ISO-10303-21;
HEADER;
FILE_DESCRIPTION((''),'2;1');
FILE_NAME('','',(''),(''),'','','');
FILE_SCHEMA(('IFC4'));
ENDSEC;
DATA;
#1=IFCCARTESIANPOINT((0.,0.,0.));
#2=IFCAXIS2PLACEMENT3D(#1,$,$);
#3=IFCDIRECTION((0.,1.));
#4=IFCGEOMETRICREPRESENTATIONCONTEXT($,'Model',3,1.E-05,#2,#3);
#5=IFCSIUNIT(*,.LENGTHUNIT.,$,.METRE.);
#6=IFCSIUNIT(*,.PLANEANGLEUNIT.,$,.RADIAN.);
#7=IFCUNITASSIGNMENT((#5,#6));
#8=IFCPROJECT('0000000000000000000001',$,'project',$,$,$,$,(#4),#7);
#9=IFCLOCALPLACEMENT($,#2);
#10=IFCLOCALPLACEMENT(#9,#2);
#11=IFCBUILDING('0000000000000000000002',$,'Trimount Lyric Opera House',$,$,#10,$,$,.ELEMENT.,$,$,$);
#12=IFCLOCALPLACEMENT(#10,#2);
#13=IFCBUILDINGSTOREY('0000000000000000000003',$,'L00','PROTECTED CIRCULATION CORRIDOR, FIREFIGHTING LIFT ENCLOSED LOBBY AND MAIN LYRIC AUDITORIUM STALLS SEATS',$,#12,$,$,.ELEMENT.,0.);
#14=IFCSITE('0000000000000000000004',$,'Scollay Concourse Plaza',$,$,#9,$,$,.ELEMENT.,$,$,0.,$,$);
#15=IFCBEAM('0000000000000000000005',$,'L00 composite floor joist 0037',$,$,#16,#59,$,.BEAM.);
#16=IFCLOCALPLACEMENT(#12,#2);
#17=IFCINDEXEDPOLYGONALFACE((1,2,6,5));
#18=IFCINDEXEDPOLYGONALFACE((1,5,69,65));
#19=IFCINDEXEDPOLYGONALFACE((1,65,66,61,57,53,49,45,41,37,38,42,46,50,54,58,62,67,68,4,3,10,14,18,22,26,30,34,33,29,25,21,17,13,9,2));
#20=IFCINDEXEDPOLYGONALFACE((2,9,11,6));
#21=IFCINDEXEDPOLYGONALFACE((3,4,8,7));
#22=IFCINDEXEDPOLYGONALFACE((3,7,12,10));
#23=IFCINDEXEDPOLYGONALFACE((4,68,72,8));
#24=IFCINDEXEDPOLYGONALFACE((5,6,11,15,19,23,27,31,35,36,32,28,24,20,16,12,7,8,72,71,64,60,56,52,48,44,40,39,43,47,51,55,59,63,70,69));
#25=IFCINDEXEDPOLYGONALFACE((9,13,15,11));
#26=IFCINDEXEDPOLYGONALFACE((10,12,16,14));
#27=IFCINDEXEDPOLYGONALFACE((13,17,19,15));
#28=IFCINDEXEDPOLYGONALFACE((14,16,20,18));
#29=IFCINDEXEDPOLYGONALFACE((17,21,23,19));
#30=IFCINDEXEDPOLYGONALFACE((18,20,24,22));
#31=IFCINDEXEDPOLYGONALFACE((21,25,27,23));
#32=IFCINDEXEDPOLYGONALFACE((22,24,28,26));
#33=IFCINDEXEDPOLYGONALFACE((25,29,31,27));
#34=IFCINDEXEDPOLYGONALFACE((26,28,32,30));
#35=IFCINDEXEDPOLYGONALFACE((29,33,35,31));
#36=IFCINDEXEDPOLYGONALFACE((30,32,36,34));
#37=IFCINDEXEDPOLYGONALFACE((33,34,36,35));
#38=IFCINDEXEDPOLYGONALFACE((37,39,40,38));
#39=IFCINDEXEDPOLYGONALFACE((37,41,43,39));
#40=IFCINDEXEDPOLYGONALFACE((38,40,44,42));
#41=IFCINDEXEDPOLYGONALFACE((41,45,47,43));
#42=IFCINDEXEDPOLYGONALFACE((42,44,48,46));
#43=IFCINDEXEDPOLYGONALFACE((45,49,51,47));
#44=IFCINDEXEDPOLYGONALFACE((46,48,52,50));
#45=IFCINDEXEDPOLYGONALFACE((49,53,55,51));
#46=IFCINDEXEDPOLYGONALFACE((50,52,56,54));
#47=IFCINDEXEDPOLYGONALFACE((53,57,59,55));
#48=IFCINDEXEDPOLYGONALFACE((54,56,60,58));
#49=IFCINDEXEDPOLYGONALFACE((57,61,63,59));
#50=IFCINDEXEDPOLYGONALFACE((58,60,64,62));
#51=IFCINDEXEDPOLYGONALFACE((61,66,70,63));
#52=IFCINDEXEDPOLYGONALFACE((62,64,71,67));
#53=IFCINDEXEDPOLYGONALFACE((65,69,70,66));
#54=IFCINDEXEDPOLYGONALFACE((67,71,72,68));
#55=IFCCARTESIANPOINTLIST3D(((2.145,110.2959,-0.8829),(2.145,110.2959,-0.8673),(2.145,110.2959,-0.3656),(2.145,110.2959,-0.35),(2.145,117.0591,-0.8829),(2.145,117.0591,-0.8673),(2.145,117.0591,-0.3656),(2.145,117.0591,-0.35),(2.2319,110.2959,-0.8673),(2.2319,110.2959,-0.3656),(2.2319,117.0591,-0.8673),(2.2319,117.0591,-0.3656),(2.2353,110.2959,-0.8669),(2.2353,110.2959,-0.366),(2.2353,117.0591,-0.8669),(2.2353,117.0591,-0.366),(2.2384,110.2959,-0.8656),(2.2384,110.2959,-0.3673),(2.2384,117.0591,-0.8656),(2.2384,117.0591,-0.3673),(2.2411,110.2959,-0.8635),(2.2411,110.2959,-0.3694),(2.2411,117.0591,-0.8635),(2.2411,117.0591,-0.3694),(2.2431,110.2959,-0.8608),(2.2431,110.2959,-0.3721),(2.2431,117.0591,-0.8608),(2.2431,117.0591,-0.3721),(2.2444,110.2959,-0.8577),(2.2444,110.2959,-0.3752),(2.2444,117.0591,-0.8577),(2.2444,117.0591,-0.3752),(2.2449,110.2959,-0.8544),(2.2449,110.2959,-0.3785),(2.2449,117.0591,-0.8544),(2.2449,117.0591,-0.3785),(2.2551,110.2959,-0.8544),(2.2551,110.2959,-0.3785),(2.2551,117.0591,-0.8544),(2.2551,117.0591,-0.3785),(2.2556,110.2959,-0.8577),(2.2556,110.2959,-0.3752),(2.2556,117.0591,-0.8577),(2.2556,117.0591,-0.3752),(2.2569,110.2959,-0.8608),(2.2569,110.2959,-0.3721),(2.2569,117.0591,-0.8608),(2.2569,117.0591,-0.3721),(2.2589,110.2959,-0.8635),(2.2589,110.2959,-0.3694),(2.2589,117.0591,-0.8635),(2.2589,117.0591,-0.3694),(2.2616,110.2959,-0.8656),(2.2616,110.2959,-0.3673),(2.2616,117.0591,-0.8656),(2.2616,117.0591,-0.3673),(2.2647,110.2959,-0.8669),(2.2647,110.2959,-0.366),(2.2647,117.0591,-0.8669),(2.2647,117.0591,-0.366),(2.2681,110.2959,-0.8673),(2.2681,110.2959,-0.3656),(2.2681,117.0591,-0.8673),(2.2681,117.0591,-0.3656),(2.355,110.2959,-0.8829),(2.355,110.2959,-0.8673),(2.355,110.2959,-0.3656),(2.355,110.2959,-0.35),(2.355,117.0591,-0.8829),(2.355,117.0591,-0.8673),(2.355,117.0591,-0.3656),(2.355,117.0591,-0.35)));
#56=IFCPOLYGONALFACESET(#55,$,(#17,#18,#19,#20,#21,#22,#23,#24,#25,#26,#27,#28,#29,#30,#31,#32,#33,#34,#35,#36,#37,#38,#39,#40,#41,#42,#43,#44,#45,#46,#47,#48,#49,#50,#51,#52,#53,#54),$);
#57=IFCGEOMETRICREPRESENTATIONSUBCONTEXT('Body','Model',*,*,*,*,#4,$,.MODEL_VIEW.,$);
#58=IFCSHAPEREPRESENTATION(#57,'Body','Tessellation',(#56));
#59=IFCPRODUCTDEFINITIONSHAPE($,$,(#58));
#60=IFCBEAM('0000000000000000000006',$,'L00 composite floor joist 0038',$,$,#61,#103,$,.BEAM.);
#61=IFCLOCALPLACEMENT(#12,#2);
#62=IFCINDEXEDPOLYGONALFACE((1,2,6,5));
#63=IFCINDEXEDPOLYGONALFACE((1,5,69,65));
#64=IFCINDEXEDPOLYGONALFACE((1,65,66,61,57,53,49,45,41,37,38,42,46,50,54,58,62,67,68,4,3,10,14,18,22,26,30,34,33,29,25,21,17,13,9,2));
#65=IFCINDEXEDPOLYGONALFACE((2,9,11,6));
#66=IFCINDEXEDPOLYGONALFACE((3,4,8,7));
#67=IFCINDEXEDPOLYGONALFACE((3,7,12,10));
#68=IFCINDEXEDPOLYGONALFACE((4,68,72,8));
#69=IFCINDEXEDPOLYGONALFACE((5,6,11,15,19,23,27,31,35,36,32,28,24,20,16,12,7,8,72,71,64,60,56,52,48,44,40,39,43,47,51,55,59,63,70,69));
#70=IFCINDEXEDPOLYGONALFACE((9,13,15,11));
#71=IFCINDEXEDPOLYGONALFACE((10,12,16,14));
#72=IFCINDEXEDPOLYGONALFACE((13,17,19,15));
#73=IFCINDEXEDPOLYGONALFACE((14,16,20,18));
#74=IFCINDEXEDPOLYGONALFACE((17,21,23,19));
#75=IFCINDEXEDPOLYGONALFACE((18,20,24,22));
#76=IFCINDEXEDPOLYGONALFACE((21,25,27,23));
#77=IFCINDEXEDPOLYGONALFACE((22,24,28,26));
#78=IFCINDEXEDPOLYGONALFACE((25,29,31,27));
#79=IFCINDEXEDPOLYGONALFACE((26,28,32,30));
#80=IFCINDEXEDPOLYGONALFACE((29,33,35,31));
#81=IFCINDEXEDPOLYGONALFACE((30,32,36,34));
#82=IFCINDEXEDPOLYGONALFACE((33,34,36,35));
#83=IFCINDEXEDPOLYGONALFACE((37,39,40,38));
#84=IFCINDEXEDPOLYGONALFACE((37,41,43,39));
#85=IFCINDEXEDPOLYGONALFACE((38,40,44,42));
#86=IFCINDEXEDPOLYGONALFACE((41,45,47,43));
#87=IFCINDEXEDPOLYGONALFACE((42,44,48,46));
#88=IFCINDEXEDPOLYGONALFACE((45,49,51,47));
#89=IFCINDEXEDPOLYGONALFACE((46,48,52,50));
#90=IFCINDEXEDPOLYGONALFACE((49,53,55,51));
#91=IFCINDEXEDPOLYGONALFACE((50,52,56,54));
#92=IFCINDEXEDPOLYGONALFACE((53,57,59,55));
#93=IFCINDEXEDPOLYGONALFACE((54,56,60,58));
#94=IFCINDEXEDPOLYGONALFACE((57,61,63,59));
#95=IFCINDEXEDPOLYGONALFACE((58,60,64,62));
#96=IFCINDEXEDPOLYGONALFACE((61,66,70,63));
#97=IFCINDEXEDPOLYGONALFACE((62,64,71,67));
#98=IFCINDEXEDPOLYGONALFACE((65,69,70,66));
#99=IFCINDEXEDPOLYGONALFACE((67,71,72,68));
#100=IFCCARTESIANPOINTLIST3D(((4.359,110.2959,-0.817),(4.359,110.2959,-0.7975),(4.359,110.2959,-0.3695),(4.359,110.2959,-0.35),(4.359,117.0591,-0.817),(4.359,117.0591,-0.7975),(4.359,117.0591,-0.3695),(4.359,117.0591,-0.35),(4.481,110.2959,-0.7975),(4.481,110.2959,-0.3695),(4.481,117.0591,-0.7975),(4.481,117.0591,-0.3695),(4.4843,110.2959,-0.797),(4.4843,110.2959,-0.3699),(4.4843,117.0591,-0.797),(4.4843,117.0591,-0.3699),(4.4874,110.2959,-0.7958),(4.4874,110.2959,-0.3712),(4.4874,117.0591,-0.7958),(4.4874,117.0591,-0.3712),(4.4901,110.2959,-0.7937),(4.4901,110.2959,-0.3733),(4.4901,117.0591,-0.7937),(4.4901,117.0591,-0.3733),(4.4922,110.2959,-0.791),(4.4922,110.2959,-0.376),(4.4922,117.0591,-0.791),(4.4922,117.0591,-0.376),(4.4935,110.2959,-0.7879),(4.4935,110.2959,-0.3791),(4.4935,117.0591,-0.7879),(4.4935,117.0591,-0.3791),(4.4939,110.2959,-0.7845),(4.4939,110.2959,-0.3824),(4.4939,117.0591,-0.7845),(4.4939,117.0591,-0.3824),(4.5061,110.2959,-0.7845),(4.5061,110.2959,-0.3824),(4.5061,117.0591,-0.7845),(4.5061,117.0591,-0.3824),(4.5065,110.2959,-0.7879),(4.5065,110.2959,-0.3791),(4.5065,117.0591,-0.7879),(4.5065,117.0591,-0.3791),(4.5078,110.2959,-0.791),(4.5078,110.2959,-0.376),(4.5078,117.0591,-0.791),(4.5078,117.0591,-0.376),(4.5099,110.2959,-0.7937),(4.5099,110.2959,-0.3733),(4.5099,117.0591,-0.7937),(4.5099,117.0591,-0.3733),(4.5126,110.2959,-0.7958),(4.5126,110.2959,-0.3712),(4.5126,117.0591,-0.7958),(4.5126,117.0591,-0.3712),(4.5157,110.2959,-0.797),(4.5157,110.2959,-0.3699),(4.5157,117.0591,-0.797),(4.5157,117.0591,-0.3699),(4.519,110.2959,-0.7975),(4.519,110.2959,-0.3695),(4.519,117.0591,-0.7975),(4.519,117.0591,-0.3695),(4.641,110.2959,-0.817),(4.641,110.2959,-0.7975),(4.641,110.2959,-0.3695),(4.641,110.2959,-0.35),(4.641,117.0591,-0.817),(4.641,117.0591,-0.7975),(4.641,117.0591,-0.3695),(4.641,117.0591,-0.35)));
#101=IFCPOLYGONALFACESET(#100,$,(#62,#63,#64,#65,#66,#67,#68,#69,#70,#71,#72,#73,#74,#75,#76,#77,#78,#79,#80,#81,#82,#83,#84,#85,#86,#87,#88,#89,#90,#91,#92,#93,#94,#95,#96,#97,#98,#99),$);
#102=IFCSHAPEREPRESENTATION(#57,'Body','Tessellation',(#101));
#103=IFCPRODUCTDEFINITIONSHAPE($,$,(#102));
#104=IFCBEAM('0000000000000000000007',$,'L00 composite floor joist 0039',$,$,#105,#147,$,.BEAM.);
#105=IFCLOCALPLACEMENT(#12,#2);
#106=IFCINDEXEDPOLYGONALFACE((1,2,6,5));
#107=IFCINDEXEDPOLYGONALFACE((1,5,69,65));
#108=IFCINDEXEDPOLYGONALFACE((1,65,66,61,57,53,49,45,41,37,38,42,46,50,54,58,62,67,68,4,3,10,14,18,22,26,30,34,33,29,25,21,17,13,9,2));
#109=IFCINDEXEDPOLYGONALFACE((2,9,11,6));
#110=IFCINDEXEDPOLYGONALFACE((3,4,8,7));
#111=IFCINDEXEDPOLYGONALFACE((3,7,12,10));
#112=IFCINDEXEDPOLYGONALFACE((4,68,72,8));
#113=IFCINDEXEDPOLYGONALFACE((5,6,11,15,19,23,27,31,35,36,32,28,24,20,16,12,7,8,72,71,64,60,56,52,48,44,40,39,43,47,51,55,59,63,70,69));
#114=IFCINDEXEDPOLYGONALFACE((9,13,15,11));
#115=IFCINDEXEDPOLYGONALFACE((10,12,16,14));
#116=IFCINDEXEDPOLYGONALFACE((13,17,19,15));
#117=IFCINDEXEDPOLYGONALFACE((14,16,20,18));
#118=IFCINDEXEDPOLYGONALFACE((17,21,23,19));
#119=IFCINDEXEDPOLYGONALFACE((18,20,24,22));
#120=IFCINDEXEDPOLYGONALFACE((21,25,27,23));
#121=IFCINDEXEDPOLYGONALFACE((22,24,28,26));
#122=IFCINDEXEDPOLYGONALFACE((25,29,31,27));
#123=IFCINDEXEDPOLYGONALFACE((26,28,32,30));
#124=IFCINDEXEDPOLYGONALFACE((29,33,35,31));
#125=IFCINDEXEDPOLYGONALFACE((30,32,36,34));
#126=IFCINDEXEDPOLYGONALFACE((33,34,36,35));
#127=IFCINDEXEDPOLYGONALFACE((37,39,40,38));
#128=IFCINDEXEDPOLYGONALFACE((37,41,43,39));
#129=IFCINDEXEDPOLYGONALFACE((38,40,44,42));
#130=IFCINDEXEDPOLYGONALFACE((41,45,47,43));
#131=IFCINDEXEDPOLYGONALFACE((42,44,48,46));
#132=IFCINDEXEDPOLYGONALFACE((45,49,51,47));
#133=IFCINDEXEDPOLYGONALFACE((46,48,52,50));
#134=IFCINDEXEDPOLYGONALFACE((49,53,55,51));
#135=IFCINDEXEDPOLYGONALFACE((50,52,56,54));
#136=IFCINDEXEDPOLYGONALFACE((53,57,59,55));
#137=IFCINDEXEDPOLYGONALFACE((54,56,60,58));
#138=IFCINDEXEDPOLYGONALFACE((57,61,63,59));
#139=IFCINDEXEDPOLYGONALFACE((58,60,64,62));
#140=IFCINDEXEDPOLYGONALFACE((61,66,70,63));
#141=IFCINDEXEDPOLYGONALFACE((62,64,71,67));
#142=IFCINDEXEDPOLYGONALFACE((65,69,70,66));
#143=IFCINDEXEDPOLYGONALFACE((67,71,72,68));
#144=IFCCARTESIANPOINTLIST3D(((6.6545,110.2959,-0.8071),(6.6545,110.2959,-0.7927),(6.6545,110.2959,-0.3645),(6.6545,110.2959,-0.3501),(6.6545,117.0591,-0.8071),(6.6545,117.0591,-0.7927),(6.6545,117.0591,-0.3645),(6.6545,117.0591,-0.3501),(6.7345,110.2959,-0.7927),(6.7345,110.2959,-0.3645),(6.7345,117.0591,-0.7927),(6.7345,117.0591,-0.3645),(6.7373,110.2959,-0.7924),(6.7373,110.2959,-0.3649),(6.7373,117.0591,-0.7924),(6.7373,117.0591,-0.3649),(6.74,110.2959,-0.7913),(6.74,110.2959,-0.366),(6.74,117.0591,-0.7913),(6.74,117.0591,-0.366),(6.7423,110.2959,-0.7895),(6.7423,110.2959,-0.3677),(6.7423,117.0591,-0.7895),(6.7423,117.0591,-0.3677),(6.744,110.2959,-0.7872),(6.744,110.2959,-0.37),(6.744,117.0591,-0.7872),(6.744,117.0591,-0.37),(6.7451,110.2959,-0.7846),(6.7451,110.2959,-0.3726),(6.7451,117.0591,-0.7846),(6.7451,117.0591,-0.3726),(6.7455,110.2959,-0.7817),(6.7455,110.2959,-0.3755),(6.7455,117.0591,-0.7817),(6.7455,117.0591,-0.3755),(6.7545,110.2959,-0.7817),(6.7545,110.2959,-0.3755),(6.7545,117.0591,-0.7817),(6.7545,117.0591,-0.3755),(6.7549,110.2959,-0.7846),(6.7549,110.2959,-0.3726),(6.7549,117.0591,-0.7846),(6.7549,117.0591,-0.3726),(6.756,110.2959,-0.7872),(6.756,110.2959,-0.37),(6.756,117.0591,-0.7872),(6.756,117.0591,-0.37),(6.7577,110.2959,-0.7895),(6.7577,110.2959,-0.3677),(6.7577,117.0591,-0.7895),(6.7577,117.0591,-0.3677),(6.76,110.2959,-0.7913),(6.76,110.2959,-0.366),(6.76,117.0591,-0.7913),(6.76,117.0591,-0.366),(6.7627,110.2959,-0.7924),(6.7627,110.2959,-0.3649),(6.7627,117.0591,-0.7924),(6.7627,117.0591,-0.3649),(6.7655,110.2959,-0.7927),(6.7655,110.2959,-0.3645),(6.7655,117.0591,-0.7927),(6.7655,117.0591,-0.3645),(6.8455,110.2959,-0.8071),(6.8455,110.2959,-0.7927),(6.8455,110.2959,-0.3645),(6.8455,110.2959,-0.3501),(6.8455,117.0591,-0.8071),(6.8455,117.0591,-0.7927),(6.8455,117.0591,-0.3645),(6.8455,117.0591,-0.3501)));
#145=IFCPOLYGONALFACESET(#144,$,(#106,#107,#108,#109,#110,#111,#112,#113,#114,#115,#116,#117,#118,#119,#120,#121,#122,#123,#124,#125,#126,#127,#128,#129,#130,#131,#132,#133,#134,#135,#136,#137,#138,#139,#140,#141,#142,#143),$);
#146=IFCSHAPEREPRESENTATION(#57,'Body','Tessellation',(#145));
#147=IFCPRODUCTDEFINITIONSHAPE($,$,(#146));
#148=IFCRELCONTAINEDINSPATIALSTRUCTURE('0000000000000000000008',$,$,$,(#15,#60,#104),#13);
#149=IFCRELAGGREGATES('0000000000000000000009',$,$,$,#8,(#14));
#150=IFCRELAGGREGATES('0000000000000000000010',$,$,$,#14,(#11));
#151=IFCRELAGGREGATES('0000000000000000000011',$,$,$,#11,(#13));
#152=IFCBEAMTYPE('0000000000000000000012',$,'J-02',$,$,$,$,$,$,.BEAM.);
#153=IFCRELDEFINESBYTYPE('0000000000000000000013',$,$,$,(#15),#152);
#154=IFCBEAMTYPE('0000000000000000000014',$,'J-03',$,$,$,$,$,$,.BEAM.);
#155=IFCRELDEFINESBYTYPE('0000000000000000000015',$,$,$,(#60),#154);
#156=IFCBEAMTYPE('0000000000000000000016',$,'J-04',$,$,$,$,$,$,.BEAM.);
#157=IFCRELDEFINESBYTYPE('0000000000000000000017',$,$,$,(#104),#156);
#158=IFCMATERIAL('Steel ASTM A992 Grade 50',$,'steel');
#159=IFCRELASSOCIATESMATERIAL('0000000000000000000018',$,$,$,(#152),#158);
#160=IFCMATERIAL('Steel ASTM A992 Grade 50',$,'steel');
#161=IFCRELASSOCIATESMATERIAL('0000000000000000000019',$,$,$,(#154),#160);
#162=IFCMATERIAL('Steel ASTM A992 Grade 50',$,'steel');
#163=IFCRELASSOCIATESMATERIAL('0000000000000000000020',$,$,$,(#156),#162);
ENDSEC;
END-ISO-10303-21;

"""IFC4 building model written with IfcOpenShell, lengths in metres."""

from ifc_helpers import new_model, si_unit, direction, frame, origin, origin_2d, place, context, subcontext, project, spatial, i_section, extrude, material, material_profile, profile_set, type_object, element, save


model = new_model("IFC4")

# Units and contexts
model_context = context("Model", 3, precision=1e-05, world=origin(), true_north=direction((0.0, 1.0)))
body_context = subcontext(model_context, "Body", "Model", "MODEL_VIEW")
ifc_project = project(units=[si_unit("LENGTHUNIT", "METRE"), si_unit("PLANEANGLEUNIT", "RADIAN")], contexts=[model_context])

# Site, building, storey
site_placement = place(None, origin())
site = spatial("IfcSite", under=ifc_project, at=site_placement, Name="Scollay Concourse Plaza", CompositionType="ELEMENT", RefElevation=0.0)
building_placement = place(site_placement, origin())
building = spatial("IfcBuilding", under=site, at=building_placement, Name="Trimount Lyric Opera House", CompositionType="ELEMENT")
storey_placement = place(building_placement, origin())
storey = spatial("IfcBuildingStorey", under=building, at=storey_placement, Name="L00", Description="PROTECTED CIRCULATION CORRIDOR, FIREFIGHTING LIFT ENCLOSED LOBBY AND MAIN LYRIC AUDITORIUM STALLS SEATS", CompositionType="ELEMENT", Elevation=0.0)

# Beams
ifc_material_1 = material(Name="Steel ASTM A992 Grade 50", Category="steel")
ifc_material_profile_1 = material_profile(ifc_material_1, i_section(OverallWidth=0.21, OverallDepth=0.533, WebThickness=0.0103, FlangeThickness=0.0156, FilletRadius=0.0129, at=origin_2d()), Name="W21X62")
ifc_profile_set_1 = profile_set([ifc_material_profile_1], Name="Steel ASTM A992 Grade 50")
beam_type_1 = type_object("IfcBeamType", Name="J-02", PredefinedType="BEAM", material=ifc_profile_set_1)
beam_1_placement = place(storey_placement, frame((2.25, 110.2959, -0.6165), z_axis=(0.0, 1.0, 0.0), x_axis=(-1.0, 0.0, 0.0)))
element("IfcBeam", 1, at=beam_1_placement, inside=storey, type_object=beam_type_1, Name="L00 composite floor joist 0037", PredefinedType="BEAM", context=body_context, shape_type="SweptSolid", body=[
    extrude(i_section(OverallWidth=0.21, OverallDepth=0.533, WebThickness=0.0103, FlangeThickness=0.0156, FilletRadius=0.0129, at=origin_2d()), origin(), (0.0, 0.0, 1.0), 6.7632),
])
ifc_material_2 = material(Name="Steel ASTM A992 Grade 50", Category="steel")
ifc_material_profile_2 = material_profile(ifc_material_2, i_section(OverallWidth=0.282, OverallDepth=0.467, WebThickness=0.0122, FlangeThickness=0.0195, FilletRadius=0.0129, at=origin_2d()), Name="W18X86")
ifc_profile_set_2 = profile_set([ifc_material_profile_2], Name="Steel ASTM A992 Grade 50")
beam_type_2 = type_object("IfcBeamType", Name="J-03", PredefinedType="BEAM", material=ifc_profile_set_2)
beam_2_placement = place(storey_placement, frame((4.5, 110.2959, -0.5835), z_axis=(0.0, 1.0, 0.0), x_axis=(-1.0, 0.0, 0.0)))
element("IfcBeam", 2, at=beam_2_placement, inside=storey, type_object=beam_type_2, Name="L00 composite floor joist 0038", PredefinedType="BEAM", context=body_context, shape_type="SweptSolid", body=[
    extrude(i_section(OverallWidth=0.282, OverallDepth=0.467, WebThickness=0.0122, FlangeThickness=0.0195, FilletRadius=0.0129, at=origin_2d()), origin(), (0.0, 0.0, 1.0), 6.7632),
])
ifc_material_3 = material(Name="Steel ASTM A992 Grade 50", Category="steel")
ifc_material_profile_3 = material_profile(ifc_material_3, i_section(OverallWidth=0.1909, OverallDepth=0.457, WebThickness=0.009, FlangeThickness=0.0144, FilletRadius=0.011, at=origin_2d()), Name="W18X50")
ifc_profile_set_3 = profile_set([ifc_material_profile_3], Name="Steel ASTM A992 Grade 50")
beam_type_3 = type_object("IfcBeamType", Name="J-04", PredefinedType="BEAM", material=ifc_profile_set_3)
beam_3_placement = place(storey_placement, frame((6.75, 110.2959, -0.5786), z_axis=(0.0, 1.0, 0.0), x_axis=(-1.0, 0.0, 0.0)))
element("IfcBeam", 3, at=beam_3_placement, inside=storey, type_object=beam_type_3, Name="L00 composite floor joist 0039", PredefinedType="BEAM", context=body_context, shape_type="SweptSolid", body=[
    extrude(i_section(OverallWidth=0.1909, OverallDepth=0.457, WebThickness=0.009, FlangeThickness=0.0144, FilletRadius=0.011, at=origin_2d()), origin(), (0.0, 0.0, 1.0), 6.7632),
])

save(model, "model.ifc")
